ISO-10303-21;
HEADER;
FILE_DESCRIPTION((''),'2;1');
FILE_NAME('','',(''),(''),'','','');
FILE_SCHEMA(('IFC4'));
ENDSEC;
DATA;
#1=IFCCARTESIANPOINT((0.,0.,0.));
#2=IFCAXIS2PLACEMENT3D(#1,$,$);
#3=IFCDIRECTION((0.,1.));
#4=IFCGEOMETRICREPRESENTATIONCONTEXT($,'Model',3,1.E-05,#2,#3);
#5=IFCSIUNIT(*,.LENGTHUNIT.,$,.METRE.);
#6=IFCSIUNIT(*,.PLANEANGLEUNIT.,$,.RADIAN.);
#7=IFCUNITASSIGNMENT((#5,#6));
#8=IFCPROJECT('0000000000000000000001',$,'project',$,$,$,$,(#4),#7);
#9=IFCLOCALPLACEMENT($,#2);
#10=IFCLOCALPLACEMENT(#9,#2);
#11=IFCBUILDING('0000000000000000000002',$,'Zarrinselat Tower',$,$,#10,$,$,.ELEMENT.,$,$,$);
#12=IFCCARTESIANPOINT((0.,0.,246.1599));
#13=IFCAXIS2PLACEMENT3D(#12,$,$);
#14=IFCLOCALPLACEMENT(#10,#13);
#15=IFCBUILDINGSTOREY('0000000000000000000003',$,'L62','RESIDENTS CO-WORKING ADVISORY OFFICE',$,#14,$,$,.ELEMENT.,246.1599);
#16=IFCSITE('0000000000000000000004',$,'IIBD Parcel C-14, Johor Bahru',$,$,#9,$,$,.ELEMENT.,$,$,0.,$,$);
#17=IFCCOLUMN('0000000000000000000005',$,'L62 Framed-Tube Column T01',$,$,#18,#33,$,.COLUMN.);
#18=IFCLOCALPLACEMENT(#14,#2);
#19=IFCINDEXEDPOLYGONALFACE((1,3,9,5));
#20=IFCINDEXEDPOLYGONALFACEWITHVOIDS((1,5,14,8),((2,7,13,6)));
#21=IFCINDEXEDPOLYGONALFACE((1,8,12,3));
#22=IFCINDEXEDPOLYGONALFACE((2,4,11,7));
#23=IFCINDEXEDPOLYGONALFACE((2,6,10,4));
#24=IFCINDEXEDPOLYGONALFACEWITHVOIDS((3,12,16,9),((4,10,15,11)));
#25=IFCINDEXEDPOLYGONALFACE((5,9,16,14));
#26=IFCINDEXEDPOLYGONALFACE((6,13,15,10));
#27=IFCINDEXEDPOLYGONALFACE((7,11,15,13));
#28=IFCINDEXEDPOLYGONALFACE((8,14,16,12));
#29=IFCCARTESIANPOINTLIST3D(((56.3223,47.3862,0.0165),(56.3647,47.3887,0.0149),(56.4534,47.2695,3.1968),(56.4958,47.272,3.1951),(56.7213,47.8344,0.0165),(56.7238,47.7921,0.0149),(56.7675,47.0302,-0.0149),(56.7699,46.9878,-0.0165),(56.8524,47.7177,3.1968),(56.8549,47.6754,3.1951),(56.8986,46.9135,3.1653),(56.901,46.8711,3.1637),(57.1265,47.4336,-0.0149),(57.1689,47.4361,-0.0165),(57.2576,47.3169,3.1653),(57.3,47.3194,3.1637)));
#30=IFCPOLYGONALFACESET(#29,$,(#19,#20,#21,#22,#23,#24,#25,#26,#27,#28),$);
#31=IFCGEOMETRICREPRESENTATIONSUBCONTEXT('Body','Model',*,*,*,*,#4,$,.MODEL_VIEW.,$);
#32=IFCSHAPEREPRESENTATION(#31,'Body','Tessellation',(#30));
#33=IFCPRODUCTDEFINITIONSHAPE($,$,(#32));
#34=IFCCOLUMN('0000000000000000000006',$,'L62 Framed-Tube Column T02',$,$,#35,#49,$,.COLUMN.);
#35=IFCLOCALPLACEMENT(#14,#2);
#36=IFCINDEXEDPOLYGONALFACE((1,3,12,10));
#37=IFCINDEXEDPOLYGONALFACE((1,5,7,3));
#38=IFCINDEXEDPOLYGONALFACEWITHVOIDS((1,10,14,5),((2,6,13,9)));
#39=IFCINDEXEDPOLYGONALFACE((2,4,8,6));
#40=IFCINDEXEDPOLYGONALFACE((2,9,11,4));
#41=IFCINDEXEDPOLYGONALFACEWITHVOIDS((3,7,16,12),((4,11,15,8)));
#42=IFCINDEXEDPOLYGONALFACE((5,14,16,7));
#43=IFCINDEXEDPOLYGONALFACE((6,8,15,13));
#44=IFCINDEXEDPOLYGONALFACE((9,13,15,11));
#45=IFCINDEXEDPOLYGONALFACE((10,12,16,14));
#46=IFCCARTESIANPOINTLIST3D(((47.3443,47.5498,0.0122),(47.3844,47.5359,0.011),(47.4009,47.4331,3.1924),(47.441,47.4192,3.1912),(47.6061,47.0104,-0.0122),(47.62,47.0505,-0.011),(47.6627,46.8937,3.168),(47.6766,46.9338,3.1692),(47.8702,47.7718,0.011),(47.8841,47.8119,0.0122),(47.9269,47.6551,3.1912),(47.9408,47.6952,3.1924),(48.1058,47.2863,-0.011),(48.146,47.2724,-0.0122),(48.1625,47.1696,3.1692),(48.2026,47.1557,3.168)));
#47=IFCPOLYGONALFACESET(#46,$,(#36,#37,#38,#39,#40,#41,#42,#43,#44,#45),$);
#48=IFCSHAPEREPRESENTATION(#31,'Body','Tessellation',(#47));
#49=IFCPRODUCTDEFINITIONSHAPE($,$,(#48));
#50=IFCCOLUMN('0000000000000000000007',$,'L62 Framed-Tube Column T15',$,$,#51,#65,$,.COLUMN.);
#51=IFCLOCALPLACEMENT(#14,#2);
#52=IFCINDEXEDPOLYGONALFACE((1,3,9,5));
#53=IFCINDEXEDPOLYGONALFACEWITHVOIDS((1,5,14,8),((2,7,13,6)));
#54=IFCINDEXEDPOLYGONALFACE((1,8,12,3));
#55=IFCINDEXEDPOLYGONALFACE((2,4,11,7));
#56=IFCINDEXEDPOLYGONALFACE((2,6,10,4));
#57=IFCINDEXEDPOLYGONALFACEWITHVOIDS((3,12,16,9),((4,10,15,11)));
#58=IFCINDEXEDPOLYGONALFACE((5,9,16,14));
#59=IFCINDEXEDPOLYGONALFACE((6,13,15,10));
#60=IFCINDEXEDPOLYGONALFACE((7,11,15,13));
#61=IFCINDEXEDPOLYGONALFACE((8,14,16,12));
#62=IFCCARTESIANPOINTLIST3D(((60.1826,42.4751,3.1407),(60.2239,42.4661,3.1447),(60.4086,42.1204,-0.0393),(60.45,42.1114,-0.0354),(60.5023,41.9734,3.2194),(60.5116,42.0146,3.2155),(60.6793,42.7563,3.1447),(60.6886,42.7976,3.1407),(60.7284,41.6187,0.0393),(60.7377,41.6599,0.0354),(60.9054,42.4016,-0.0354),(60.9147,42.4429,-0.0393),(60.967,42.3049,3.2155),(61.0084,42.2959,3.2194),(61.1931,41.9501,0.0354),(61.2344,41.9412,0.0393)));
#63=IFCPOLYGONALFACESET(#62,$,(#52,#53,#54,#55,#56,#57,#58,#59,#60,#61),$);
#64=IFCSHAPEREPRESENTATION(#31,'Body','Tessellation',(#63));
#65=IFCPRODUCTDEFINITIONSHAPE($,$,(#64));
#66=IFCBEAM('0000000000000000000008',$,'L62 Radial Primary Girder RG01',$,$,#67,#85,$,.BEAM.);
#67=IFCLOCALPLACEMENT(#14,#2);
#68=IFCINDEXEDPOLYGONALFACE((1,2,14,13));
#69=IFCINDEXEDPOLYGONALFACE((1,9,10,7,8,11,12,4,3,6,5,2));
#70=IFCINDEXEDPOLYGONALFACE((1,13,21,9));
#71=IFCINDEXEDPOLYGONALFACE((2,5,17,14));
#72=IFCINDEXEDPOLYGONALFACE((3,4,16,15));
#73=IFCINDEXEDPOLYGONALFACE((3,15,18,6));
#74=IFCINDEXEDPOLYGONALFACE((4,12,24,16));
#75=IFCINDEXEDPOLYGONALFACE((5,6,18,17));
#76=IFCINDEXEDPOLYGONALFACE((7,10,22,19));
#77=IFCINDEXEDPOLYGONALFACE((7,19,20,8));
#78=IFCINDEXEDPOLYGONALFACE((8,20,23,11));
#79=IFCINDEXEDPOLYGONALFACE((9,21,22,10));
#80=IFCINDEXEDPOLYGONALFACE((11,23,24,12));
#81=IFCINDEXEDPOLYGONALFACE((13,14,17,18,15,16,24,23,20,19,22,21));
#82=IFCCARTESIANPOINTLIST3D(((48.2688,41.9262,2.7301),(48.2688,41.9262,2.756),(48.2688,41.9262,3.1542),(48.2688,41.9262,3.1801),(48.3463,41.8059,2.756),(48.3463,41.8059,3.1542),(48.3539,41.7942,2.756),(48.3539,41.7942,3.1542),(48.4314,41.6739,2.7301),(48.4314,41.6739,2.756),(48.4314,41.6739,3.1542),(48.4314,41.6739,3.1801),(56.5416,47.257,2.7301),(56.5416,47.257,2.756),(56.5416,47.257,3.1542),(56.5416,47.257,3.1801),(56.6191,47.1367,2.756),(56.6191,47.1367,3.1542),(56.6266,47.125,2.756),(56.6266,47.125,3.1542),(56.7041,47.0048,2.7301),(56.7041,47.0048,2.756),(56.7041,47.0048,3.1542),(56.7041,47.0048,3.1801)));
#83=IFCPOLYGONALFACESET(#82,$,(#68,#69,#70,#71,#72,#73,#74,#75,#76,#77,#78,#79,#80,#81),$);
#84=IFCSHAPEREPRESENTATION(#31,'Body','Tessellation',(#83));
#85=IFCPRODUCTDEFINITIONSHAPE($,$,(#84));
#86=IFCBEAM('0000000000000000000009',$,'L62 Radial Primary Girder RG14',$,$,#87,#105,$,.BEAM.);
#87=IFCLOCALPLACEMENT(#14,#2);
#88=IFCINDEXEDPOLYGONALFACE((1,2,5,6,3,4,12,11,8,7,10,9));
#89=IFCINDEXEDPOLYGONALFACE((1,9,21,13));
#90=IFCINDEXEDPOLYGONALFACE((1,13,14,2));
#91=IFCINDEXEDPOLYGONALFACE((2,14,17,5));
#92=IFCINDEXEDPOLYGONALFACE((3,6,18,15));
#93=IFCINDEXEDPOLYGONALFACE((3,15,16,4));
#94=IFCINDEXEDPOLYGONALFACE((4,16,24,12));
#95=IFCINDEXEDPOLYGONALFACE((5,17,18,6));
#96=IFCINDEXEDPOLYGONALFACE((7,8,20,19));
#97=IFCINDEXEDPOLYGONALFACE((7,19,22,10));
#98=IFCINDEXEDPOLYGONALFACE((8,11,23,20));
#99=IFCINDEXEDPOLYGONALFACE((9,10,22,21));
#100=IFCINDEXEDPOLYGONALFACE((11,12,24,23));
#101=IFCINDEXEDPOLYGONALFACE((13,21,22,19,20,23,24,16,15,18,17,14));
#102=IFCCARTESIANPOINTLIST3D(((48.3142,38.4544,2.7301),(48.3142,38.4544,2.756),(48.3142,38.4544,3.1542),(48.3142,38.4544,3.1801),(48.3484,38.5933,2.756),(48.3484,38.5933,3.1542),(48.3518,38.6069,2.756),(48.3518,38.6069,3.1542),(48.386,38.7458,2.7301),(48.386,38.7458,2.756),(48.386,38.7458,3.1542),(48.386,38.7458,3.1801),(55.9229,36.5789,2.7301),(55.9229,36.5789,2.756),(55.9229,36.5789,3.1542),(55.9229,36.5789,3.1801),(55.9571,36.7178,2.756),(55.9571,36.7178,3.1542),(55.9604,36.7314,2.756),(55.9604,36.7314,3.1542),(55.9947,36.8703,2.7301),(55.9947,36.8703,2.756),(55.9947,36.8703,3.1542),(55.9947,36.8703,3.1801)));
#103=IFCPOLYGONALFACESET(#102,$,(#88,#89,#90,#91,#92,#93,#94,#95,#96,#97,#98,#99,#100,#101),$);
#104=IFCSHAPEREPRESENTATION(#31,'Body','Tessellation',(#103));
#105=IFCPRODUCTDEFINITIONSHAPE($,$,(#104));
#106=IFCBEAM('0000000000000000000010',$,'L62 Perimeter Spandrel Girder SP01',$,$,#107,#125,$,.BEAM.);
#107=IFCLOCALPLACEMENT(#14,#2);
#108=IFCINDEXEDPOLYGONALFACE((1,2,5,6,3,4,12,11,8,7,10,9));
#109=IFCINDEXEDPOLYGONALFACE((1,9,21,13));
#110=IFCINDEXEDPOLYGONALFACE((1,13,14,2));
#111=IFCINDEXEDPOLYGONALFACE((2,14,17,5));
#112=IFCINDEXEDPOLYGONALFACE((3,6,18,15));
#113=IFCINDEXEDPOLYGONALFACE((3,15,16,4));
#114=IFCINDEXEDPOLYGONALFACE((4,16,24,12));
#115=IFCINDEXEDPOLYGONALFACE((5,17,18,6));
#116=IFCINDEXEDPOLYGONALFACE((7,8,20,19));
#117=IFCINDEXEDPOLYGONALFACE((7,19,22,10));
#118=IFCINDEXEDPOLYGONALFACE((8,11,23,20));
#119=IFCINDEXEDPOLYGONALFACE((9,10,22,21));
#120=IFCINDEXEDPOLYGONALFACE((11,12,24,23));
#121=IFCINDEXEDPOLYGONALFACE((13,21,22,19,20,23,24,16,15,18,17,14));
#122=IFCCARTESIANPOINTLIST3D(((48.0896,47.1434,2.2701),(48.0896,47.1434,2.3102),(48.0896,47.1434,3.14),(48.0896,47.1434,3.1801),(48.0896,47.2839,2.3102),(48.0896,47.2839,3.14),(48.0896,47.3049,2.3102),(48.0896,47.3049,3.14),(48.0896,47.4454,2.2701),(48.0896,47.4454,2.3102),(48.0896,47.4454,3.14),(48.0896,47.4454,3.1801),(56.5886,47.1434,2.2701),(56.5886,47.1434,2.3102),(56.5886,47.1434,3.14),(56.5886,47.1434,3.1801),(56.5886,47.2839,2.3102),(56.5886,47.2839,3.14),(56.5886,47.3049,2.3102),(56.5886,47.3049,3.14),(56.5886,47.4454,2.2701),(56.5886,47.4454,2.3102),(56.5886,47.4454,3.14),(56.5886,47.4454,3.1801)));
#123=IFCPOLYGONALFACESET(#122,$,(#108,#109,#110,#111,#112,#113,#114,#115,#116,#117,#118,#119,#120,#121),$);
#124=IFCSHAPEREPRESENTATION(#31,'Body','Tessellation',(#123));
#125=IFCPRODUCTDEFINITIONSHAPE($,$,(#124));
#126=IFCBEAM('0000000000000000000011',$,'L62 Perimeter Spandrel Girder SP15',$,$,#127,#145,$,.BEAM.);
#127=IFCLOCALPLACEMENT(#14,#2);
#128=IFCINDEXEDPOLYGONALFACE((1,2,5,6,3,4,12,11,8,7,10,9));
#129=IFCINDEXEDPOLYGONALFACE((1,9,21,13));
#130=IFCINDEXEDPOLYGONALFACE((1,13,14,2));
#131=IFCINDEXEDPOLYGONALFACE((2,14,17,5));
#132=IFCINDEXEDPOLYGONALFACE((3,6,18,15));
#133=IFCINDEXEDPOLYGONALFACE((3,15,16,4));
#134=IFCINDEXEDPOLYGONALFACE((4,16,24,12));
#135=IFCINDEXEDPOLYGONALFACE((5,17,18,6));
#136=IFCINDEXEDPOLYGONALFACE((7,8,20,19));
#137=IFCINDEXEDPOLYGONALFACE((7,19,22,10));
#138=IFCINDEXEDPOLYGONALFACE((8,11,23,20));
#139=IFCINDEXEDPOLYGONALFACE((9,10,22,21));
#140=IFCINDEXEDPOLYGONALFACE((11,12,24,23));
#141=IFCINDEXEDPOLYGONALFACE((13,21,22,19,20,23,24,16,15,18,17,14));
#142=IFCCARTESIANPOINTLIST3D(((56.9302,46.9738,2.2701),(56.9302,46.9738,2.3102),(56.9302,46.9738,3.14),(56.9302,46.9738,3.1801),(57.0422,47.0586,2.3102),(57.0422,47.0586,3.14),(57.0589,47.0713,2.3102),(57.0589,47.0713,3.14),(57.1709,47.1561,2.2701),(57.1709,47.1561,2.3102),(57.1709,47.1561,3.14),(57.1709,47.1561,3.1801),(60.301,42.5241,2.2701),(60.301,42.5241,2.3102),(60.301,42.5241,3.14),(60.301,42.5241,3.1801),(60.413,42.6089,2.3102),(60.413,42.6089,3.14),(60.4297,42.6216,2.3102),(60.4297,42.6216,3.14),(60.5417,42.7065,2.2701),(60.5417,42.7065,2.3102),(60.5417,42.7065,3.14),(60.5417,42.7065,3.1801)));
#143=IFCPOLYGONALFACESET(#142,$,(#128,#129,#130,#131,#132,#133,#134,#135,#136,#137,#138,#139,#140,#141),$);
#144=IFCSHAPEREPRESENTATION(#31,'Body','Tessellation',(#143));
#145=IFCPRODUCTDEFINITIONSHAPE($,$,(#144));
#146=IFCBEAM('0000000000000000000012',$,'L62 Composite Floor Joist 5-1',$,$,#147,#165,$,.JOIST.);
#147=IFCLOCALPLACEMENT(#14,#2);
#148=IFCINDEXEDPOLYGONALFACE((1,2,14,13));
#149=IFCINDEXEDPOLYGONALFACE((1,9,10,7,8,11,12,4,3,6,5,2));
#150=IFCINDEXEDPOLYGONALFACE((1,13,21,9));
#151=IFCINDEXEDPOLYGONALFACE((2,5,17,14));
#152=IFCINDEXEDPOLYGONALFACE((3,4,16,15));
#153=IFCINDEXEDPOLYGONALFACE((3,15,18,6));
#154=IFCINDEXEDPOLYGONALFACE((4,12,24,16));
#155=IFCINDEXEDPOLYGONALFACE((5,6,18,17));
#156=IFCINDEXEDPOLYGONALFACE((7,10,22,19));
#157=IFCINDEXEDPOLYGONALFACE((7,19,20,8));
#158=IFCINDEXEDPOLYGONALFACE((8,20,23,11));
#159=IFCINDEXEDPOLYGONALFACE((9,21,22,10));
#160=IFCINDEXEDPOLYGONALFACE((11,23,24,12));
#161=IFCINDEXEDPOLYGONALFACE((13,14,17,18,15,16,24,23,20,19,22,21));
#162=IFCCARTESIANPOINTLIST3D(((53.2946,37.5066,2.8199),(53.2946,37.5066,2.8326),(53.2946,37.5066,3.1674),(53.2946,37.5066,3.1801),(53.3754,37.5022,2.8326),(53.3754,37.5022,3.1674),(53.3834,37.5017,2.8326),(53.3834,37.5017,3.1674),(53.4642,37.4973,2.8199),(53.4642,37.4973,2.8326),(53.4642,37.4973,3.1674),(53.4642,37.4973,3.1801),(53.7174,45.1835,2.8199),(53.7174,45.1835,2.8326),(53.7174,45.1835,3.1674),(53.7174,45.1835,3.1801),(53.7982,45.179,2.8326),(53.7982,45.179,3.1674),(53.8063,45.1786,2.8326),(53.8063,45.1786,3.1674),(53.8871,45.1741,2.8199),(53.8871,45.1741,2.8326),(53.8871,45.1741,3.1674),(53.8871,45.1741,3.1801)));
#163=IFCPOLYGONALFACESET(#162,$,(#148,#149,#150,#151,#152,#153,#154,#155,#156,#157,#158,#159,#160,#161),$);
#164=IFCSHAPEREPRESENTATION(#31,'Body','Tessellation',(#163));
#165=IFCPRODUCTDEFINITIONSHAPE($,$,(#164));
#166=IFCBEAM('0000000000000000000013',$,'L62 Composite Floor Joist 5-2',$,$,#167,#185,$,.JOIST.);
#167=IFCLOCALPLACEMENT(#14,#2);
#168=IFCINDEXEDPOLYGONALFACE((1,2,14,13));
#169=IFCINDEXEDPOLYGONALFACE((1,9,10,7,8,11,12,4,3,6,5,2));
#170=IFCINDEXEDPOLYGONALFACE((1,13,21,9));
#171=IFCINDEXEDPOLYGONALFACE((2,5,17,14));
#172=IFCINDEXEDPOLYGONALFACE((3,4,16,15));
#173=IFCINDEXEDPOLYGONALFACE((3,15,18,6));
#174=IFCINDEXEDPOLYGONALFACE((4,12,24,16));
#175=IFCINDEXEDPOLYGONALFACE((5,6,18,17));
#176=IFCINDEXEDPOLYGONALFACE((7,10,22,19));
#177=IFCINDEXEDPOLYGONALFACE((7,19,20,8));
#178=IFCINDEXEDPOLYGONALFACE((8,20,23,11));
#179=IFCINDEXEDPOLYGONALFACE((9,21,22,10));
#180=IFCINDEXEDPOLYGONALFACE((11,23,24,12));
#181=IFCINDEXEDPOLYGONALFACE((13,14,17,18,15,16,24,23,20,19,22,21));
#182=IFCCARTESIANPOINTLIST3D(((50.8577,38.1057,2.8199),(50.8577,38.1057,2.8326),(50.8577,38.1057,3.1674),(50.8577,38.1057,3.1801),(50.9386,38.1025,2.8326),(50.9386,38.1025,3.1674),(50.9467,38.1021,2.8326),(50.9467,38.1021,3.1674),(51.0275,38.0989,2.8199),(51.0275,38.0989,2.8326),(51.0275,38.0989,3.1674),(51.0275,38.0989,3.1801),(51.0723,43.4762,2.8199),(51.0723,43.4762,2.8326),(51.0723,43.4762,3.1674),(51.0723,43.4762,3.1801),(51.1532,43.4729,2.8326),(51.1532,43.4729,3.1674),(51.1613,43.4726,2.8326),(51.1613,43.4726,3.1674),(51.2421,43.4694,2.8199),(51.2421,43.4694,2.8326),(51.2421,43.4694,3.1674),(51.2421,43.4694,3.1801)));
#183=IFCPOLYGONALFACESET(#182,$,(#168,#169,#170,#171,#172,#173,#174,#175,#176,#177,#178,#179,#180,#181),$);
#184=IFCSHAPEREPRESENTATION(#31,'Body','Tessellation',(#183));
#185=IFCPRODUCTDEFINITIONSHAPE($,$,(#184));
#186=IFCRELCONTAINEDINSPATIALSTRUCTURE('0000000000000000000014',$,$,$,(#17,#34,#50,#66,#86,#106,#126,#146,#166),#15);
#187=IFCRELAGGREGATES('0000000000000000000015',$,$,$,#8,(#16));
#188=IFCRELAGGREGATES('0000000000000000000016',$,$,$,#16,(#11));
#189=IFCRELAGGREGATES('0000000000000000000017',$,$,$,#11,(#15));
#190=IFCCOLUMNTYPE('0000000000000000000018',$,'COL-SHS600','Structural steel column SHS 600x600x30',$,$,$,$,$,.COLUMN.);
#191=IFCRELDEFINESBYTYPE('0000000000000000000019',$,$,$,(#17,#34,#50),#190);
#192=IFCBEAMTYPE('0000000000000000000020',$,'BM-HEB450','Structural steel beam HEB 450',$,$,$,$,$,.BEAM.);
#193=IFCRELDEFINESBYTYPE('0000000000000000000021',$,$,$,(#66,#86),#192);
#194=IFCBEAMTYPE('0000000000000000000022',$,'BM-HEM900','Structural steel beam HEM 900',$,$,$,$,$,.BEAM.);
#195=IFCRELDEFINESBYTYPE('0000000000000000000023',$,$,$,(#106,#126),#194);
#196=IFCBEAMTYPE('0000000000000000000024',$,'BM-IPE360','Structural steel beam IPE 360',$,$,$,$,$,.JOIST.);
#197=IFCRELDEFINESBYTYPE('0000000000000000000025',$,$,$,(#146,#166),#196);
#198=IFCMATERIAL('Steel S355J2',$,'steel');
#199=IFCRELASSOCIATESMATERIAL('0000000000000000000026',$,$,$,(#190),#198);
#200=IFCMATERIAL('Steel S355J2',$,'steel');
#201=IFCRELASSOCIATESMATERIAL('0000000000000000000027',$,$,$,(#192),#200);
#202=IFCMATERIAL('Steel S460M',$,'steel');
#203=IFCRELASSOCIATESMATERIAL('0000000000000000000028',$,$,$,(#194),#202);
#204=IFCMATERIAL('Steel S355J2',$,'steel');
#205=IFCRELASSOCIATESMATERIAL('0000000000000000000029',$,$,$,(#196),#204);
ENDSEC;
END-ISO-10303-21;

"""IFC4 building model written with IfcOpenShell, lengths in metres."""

from ifc_helpers import new_model, si_unit, direction, frame, origin, origin_2d, place, context, subcontext, project, spatial, hollow_rectangle, i_section, extrude, material, material_profile, profile_set, type_object, element, save


model = new_model("IFC4")

# Units and contexts
model_context = context("Model", 3, precision=1e-05, world=origin(), true_north=direction((0.0, 1.0)))
body_context = subcontext(model_context, "Body", "Model", "MODEL_VIEW")
ifc_project = project(units=[si_unit("LENGTHUNIT", "METRE"), si_unit("PLANEANGLEUNIT", "RADIAN")], contexts=[model_context])

# Site, building, storey
site_placement = place(None, origin())
site = spatial("IfcSite", under=ifc_project, at=site_placement, Name="IIBD Parcel C-14, Johor Bahru", CompositionType="ELEMENT", RefElevation=0.0)
building_placement = place(site_placement, origin())
building = spatial("IfcBuilding", under=site, at=building_placement, Name="Zarrinselat Tower", CompositionType="ELEMENT")
storey_placement = place(building_placement, frame((0.0, 0.0, 246.1599)))
storey = spatial("IfcBuildingStorey", under=building, at=storey_placement, Name="L62", Description="RESIDENTS CO-WORKING ADVISORY OFFICE", CompositionType="ELEMENT", Elevation=246.1599)

# Columns
ifc_material_1 = material(Name="Steel S355J2", Category="steel")
ifc_material_profile_1 = material_profile(ifc_material_1, hollow_rectangle(XDim=0.6001, YDim=0.6001, WallThickness=0.03, at=origin_2d()), Name="SHS 600x600x30")
ifc_profile_set_1 = profile_set([ifc_material_profile_1], Name="Steel S355J2")
column_type = type_object("IfcColumnType", Name="COL-SHS600", Description="Structural steel column SHS 600x600x30", PredefinedType="COLUMN", material=ifc_profile_set_1)
column_1_placement = place(storey_placement, frame((56.7456, 47.4111, 0.0), z_axis=(0.041163, -0.03664, 0.99848), x_axis=(0.664882, 0.746949, 0.0)))
element("IfcColumn", 1, at=column_1_placement, inside=storey, type_object=column_type, Name="L62 Framed-Tube Column T01", PredefinedType="COLUMN", context=body_context, shape_type="SweptSolid", body=[
    extrude(hollow_rectangle(XDim=0.6001, YDim=0.6001, WallThickness=0.03, at=origin_2d()), origin(), (0.0, 0.0, 1.0), 3.1851),
])
column_2_placement = place(storey_placement, frame((47.7451, 47.4111, 0.0), z_axis=(0.017796, -0.036665, 0.999169), x_axis=(0.899635, 0.436643, 0.0)))
element("IfcColumn", 2, at=column_2_placement, inside=storey, type_object=column_type, Name="L62 Framed-Tube Column T02", PredefinedType="COLUMN", context=body_context, shape_type="SweptSolid", body=[
    extrude(hollow_rectangle(XDim=0.6001, YDim=0.6001, WallThickness=0.03, at=origin_2d()), origin(), (0.0, 0.0, 1.0), 3.1829),
])
column_3_placement = place(storey_placement, frame((60.8215, 42.0308, 0.0), z_axis=(-0.070475, 0.110583, 0.991365), x_axis=(-0.843303, -0.537439, 0.0)))
element("IfcColumn", 3, at=column_3_placement, inside=storey, type_object=column_type, Name="L62 Framed-Tube Column T15", PredefinedType="COLUMN", context=body_context, shape_type="SweptSolid", body=[
    extrude(hollow_rectangle(XDim=0.6001, YDim=0.6001, WallThickness=0.03, at=origin_2d()), origin(), (0.0, 0.0, 1.0), 3.2078),
])

# Beams
ifc_material_2 = material(Name="Steel S355J2", Category="steel")
ifc_material_profile_2 = material_profile(ifc_material_2, i_section(OverallWidth=0.3, OverallDepth=0.45, WebThickness=0.0139, FlangeThickness=0.0259, at=origin_2d()), Name="HEB 450")
ifc_profile_set_2 = profile_set([ifc_material_profile_2], Name="Steel S355J2")
beam_type_1 = type_object("IfcBeamType", Name="BM-HEB450", Description="Structural steel beam HEB 450", PredefinedType="BEAM", material=ifc_profile_set_2)
beam_1_placement = place(storey_placement, frame((48.3501, 41.8, 2.9551), z_axis=(0.840594, 0.541666, 0.0), x_axis=(-0.541666, 0.840594, 0.0)))
element("IfcBeam", 4, at=beam_1_placement, inside=storey, type_object=beam_type_1, Name="L62 Radial Primary Girder RG01", PredefinedType="BEAM", context=body_context, shape_type="SweptSolid", body=[
    extrude(i_section(OverallWidth=0.3, OverallDepth=0.45, WebThickness=0.0139, FlangeThickness=0.0259, at=origin_2d()), origin(), (0.0, 0.0, 1.0), 9.8416),
])
beam_2_placement = place(storey_placement, frame((48.3501, 38.6001, 2.9551), z_axis=(0.970938, -0.239331, 0.0), x_axis=(0.239331, 0.970938, 0.0)))
element("IfcBeam", 5, at=beam_2_placement, inside=storey, type_object=beam_type_1, Name="L62 Radial Primary Girder RG14", PredefinedType="BEAM", context=body_context, shape_type="SweptSolid", body=[
    extrude(i_section(OverallWidth=0.3, OverallDepth=0.45, WebThickness=0.0139, FlangeThickness=0.0259, at=origin_2d()), origin(), (0.0, 0.0, 1.0), 7.8364),
])
ifc_material_3 = material(Name="Steel S460M", Category="steel")
ifc_material_profile_3 = material_profile(ifc_material_3, i_section(OverallWidth=0.302, OverallDepth=0.9099, WebThickness=0.021, FlangeThickness=0.04, at=origin_2d()), Name="HEM 900")
ifc_profile_set_3 = profile_set([ifc_material_profile_3], Name="Steel S460M")
beam_type_2 = type_object("IfcBeamType", Name="BM-HEM900", Description="Structural steel beam HEM 900", PredefinedType="BEAM", material=ifc_profile_set_3)
beam_3_placement = place(storey_placement, frame((48.0896, 47.2944, 2.7251), z_axis=(1.0, 0.0, 0.0), x_axis=(0.0, 1.0, 0.0)))
element("IfcBeam", 6, at=beam_3_placement, inside=storey, type_object=beam_type_2, Name="L62 Perimeter Spandrel Girder SP01", PredefinedType="BEAM", context=body_context, shape_type="SweptSolid", body=[
    extrude(i_section(OverallWidth=0.302, OverallDepth=0.9099, WebThickness=0.021, FlangeThickness=0.04, at=origin_2d()), origin(), (0.0, 0.0, 1.0), 8.499),
])
beam_4_placement = place(storey_placement, frame((57.0505, 47.0649, 2.7251), z_axis=(0.603842, -0.797104, 0.0), x_axis=(0.797104, 0.603842, 0.0)))
element("IfcBeam", 7, at=beam_4_placement, inside=storey, type_object=beam_type_2, Name="L62 Perimeter Spandrel Girder SP15", PredefinedType="BEAM", context=body_context, shape_type="SweptSolid", body=[
    extrude(i_section(OverallWidth=0.302, OverallDepth=0.9099, WebThickness=0.021, FlangeThickness=0.04, at=origin_2d()), origin(), (0.0, 0.0, 1.0), 5.5823),
])
ifc_material_4 = material(Name="Steel S355J2", Category="steel")
ifc_material_profile_4 = material_profile(ifc_material_4, i_section(OverallWidth=0.1699, OverallDepth=0.3601, WebThickness=0.0081, FlangeThickness=0.0127, at=origin_2d()), Name="IPE 360")
ifc_profile_set_4 = profile_set([ifc_material_profile_4], Name="Steel S355J2")
beam_type_3 = type_object("IfcBeamType", Name="BM-IPE360", Description="Structural steel beam IPE 360", PredefinedType="JOIST", material=ifc_profile_set_4)
beam_5_placement = place(storey_placement, frame((53.3794, 37.502, 3.0), z_axis=(0.054999, 0.998486, 0.0), x_axis=(-0.998486, 0.054999, 0.0)))
element("IfcBeam", 8, at=beam_5_placement, inside=storey, type_object=beam_type_3, Name="L62 Composite Floor Joist 5-1", PredefinedType="JOIST", context=body_context, shape_type="SweptSolid", body=[
    extrude(i_section(OverallWidth=0.1699, OverallDepth=0.3601, WebThickness=0.0081, FlangeThickness=0.0127, at=origin_2d()), origin(), (0.0, 0.0, 1.0), 7.6885),
])
beam_6_placement = place(storey_placement, frame((50.9426, 38.1023, 3.0), z_axis=(0.039928, 0.999203, 0.0), x_axis=(-0.999203, 0.039928, 0.0)))
element("IfcBeam", 9, at=beam_6_placement, inside=storey, type_object=beam_type_3, Name="L62 Composite Floor Joist 5-2", PredefinedType="JOIST", context=body_context, shape_type="SweptSolid", body=[
    extrude(i_section(OverallWidth=0.1699, OverallDepth=0.3601, WebThickness=0.0081, FlangeThickness=0.0127, at=origin_2d()), origin(), (0.0, 0.0, 1.0), 5.3748),
])

save(model, "model.ifc")
